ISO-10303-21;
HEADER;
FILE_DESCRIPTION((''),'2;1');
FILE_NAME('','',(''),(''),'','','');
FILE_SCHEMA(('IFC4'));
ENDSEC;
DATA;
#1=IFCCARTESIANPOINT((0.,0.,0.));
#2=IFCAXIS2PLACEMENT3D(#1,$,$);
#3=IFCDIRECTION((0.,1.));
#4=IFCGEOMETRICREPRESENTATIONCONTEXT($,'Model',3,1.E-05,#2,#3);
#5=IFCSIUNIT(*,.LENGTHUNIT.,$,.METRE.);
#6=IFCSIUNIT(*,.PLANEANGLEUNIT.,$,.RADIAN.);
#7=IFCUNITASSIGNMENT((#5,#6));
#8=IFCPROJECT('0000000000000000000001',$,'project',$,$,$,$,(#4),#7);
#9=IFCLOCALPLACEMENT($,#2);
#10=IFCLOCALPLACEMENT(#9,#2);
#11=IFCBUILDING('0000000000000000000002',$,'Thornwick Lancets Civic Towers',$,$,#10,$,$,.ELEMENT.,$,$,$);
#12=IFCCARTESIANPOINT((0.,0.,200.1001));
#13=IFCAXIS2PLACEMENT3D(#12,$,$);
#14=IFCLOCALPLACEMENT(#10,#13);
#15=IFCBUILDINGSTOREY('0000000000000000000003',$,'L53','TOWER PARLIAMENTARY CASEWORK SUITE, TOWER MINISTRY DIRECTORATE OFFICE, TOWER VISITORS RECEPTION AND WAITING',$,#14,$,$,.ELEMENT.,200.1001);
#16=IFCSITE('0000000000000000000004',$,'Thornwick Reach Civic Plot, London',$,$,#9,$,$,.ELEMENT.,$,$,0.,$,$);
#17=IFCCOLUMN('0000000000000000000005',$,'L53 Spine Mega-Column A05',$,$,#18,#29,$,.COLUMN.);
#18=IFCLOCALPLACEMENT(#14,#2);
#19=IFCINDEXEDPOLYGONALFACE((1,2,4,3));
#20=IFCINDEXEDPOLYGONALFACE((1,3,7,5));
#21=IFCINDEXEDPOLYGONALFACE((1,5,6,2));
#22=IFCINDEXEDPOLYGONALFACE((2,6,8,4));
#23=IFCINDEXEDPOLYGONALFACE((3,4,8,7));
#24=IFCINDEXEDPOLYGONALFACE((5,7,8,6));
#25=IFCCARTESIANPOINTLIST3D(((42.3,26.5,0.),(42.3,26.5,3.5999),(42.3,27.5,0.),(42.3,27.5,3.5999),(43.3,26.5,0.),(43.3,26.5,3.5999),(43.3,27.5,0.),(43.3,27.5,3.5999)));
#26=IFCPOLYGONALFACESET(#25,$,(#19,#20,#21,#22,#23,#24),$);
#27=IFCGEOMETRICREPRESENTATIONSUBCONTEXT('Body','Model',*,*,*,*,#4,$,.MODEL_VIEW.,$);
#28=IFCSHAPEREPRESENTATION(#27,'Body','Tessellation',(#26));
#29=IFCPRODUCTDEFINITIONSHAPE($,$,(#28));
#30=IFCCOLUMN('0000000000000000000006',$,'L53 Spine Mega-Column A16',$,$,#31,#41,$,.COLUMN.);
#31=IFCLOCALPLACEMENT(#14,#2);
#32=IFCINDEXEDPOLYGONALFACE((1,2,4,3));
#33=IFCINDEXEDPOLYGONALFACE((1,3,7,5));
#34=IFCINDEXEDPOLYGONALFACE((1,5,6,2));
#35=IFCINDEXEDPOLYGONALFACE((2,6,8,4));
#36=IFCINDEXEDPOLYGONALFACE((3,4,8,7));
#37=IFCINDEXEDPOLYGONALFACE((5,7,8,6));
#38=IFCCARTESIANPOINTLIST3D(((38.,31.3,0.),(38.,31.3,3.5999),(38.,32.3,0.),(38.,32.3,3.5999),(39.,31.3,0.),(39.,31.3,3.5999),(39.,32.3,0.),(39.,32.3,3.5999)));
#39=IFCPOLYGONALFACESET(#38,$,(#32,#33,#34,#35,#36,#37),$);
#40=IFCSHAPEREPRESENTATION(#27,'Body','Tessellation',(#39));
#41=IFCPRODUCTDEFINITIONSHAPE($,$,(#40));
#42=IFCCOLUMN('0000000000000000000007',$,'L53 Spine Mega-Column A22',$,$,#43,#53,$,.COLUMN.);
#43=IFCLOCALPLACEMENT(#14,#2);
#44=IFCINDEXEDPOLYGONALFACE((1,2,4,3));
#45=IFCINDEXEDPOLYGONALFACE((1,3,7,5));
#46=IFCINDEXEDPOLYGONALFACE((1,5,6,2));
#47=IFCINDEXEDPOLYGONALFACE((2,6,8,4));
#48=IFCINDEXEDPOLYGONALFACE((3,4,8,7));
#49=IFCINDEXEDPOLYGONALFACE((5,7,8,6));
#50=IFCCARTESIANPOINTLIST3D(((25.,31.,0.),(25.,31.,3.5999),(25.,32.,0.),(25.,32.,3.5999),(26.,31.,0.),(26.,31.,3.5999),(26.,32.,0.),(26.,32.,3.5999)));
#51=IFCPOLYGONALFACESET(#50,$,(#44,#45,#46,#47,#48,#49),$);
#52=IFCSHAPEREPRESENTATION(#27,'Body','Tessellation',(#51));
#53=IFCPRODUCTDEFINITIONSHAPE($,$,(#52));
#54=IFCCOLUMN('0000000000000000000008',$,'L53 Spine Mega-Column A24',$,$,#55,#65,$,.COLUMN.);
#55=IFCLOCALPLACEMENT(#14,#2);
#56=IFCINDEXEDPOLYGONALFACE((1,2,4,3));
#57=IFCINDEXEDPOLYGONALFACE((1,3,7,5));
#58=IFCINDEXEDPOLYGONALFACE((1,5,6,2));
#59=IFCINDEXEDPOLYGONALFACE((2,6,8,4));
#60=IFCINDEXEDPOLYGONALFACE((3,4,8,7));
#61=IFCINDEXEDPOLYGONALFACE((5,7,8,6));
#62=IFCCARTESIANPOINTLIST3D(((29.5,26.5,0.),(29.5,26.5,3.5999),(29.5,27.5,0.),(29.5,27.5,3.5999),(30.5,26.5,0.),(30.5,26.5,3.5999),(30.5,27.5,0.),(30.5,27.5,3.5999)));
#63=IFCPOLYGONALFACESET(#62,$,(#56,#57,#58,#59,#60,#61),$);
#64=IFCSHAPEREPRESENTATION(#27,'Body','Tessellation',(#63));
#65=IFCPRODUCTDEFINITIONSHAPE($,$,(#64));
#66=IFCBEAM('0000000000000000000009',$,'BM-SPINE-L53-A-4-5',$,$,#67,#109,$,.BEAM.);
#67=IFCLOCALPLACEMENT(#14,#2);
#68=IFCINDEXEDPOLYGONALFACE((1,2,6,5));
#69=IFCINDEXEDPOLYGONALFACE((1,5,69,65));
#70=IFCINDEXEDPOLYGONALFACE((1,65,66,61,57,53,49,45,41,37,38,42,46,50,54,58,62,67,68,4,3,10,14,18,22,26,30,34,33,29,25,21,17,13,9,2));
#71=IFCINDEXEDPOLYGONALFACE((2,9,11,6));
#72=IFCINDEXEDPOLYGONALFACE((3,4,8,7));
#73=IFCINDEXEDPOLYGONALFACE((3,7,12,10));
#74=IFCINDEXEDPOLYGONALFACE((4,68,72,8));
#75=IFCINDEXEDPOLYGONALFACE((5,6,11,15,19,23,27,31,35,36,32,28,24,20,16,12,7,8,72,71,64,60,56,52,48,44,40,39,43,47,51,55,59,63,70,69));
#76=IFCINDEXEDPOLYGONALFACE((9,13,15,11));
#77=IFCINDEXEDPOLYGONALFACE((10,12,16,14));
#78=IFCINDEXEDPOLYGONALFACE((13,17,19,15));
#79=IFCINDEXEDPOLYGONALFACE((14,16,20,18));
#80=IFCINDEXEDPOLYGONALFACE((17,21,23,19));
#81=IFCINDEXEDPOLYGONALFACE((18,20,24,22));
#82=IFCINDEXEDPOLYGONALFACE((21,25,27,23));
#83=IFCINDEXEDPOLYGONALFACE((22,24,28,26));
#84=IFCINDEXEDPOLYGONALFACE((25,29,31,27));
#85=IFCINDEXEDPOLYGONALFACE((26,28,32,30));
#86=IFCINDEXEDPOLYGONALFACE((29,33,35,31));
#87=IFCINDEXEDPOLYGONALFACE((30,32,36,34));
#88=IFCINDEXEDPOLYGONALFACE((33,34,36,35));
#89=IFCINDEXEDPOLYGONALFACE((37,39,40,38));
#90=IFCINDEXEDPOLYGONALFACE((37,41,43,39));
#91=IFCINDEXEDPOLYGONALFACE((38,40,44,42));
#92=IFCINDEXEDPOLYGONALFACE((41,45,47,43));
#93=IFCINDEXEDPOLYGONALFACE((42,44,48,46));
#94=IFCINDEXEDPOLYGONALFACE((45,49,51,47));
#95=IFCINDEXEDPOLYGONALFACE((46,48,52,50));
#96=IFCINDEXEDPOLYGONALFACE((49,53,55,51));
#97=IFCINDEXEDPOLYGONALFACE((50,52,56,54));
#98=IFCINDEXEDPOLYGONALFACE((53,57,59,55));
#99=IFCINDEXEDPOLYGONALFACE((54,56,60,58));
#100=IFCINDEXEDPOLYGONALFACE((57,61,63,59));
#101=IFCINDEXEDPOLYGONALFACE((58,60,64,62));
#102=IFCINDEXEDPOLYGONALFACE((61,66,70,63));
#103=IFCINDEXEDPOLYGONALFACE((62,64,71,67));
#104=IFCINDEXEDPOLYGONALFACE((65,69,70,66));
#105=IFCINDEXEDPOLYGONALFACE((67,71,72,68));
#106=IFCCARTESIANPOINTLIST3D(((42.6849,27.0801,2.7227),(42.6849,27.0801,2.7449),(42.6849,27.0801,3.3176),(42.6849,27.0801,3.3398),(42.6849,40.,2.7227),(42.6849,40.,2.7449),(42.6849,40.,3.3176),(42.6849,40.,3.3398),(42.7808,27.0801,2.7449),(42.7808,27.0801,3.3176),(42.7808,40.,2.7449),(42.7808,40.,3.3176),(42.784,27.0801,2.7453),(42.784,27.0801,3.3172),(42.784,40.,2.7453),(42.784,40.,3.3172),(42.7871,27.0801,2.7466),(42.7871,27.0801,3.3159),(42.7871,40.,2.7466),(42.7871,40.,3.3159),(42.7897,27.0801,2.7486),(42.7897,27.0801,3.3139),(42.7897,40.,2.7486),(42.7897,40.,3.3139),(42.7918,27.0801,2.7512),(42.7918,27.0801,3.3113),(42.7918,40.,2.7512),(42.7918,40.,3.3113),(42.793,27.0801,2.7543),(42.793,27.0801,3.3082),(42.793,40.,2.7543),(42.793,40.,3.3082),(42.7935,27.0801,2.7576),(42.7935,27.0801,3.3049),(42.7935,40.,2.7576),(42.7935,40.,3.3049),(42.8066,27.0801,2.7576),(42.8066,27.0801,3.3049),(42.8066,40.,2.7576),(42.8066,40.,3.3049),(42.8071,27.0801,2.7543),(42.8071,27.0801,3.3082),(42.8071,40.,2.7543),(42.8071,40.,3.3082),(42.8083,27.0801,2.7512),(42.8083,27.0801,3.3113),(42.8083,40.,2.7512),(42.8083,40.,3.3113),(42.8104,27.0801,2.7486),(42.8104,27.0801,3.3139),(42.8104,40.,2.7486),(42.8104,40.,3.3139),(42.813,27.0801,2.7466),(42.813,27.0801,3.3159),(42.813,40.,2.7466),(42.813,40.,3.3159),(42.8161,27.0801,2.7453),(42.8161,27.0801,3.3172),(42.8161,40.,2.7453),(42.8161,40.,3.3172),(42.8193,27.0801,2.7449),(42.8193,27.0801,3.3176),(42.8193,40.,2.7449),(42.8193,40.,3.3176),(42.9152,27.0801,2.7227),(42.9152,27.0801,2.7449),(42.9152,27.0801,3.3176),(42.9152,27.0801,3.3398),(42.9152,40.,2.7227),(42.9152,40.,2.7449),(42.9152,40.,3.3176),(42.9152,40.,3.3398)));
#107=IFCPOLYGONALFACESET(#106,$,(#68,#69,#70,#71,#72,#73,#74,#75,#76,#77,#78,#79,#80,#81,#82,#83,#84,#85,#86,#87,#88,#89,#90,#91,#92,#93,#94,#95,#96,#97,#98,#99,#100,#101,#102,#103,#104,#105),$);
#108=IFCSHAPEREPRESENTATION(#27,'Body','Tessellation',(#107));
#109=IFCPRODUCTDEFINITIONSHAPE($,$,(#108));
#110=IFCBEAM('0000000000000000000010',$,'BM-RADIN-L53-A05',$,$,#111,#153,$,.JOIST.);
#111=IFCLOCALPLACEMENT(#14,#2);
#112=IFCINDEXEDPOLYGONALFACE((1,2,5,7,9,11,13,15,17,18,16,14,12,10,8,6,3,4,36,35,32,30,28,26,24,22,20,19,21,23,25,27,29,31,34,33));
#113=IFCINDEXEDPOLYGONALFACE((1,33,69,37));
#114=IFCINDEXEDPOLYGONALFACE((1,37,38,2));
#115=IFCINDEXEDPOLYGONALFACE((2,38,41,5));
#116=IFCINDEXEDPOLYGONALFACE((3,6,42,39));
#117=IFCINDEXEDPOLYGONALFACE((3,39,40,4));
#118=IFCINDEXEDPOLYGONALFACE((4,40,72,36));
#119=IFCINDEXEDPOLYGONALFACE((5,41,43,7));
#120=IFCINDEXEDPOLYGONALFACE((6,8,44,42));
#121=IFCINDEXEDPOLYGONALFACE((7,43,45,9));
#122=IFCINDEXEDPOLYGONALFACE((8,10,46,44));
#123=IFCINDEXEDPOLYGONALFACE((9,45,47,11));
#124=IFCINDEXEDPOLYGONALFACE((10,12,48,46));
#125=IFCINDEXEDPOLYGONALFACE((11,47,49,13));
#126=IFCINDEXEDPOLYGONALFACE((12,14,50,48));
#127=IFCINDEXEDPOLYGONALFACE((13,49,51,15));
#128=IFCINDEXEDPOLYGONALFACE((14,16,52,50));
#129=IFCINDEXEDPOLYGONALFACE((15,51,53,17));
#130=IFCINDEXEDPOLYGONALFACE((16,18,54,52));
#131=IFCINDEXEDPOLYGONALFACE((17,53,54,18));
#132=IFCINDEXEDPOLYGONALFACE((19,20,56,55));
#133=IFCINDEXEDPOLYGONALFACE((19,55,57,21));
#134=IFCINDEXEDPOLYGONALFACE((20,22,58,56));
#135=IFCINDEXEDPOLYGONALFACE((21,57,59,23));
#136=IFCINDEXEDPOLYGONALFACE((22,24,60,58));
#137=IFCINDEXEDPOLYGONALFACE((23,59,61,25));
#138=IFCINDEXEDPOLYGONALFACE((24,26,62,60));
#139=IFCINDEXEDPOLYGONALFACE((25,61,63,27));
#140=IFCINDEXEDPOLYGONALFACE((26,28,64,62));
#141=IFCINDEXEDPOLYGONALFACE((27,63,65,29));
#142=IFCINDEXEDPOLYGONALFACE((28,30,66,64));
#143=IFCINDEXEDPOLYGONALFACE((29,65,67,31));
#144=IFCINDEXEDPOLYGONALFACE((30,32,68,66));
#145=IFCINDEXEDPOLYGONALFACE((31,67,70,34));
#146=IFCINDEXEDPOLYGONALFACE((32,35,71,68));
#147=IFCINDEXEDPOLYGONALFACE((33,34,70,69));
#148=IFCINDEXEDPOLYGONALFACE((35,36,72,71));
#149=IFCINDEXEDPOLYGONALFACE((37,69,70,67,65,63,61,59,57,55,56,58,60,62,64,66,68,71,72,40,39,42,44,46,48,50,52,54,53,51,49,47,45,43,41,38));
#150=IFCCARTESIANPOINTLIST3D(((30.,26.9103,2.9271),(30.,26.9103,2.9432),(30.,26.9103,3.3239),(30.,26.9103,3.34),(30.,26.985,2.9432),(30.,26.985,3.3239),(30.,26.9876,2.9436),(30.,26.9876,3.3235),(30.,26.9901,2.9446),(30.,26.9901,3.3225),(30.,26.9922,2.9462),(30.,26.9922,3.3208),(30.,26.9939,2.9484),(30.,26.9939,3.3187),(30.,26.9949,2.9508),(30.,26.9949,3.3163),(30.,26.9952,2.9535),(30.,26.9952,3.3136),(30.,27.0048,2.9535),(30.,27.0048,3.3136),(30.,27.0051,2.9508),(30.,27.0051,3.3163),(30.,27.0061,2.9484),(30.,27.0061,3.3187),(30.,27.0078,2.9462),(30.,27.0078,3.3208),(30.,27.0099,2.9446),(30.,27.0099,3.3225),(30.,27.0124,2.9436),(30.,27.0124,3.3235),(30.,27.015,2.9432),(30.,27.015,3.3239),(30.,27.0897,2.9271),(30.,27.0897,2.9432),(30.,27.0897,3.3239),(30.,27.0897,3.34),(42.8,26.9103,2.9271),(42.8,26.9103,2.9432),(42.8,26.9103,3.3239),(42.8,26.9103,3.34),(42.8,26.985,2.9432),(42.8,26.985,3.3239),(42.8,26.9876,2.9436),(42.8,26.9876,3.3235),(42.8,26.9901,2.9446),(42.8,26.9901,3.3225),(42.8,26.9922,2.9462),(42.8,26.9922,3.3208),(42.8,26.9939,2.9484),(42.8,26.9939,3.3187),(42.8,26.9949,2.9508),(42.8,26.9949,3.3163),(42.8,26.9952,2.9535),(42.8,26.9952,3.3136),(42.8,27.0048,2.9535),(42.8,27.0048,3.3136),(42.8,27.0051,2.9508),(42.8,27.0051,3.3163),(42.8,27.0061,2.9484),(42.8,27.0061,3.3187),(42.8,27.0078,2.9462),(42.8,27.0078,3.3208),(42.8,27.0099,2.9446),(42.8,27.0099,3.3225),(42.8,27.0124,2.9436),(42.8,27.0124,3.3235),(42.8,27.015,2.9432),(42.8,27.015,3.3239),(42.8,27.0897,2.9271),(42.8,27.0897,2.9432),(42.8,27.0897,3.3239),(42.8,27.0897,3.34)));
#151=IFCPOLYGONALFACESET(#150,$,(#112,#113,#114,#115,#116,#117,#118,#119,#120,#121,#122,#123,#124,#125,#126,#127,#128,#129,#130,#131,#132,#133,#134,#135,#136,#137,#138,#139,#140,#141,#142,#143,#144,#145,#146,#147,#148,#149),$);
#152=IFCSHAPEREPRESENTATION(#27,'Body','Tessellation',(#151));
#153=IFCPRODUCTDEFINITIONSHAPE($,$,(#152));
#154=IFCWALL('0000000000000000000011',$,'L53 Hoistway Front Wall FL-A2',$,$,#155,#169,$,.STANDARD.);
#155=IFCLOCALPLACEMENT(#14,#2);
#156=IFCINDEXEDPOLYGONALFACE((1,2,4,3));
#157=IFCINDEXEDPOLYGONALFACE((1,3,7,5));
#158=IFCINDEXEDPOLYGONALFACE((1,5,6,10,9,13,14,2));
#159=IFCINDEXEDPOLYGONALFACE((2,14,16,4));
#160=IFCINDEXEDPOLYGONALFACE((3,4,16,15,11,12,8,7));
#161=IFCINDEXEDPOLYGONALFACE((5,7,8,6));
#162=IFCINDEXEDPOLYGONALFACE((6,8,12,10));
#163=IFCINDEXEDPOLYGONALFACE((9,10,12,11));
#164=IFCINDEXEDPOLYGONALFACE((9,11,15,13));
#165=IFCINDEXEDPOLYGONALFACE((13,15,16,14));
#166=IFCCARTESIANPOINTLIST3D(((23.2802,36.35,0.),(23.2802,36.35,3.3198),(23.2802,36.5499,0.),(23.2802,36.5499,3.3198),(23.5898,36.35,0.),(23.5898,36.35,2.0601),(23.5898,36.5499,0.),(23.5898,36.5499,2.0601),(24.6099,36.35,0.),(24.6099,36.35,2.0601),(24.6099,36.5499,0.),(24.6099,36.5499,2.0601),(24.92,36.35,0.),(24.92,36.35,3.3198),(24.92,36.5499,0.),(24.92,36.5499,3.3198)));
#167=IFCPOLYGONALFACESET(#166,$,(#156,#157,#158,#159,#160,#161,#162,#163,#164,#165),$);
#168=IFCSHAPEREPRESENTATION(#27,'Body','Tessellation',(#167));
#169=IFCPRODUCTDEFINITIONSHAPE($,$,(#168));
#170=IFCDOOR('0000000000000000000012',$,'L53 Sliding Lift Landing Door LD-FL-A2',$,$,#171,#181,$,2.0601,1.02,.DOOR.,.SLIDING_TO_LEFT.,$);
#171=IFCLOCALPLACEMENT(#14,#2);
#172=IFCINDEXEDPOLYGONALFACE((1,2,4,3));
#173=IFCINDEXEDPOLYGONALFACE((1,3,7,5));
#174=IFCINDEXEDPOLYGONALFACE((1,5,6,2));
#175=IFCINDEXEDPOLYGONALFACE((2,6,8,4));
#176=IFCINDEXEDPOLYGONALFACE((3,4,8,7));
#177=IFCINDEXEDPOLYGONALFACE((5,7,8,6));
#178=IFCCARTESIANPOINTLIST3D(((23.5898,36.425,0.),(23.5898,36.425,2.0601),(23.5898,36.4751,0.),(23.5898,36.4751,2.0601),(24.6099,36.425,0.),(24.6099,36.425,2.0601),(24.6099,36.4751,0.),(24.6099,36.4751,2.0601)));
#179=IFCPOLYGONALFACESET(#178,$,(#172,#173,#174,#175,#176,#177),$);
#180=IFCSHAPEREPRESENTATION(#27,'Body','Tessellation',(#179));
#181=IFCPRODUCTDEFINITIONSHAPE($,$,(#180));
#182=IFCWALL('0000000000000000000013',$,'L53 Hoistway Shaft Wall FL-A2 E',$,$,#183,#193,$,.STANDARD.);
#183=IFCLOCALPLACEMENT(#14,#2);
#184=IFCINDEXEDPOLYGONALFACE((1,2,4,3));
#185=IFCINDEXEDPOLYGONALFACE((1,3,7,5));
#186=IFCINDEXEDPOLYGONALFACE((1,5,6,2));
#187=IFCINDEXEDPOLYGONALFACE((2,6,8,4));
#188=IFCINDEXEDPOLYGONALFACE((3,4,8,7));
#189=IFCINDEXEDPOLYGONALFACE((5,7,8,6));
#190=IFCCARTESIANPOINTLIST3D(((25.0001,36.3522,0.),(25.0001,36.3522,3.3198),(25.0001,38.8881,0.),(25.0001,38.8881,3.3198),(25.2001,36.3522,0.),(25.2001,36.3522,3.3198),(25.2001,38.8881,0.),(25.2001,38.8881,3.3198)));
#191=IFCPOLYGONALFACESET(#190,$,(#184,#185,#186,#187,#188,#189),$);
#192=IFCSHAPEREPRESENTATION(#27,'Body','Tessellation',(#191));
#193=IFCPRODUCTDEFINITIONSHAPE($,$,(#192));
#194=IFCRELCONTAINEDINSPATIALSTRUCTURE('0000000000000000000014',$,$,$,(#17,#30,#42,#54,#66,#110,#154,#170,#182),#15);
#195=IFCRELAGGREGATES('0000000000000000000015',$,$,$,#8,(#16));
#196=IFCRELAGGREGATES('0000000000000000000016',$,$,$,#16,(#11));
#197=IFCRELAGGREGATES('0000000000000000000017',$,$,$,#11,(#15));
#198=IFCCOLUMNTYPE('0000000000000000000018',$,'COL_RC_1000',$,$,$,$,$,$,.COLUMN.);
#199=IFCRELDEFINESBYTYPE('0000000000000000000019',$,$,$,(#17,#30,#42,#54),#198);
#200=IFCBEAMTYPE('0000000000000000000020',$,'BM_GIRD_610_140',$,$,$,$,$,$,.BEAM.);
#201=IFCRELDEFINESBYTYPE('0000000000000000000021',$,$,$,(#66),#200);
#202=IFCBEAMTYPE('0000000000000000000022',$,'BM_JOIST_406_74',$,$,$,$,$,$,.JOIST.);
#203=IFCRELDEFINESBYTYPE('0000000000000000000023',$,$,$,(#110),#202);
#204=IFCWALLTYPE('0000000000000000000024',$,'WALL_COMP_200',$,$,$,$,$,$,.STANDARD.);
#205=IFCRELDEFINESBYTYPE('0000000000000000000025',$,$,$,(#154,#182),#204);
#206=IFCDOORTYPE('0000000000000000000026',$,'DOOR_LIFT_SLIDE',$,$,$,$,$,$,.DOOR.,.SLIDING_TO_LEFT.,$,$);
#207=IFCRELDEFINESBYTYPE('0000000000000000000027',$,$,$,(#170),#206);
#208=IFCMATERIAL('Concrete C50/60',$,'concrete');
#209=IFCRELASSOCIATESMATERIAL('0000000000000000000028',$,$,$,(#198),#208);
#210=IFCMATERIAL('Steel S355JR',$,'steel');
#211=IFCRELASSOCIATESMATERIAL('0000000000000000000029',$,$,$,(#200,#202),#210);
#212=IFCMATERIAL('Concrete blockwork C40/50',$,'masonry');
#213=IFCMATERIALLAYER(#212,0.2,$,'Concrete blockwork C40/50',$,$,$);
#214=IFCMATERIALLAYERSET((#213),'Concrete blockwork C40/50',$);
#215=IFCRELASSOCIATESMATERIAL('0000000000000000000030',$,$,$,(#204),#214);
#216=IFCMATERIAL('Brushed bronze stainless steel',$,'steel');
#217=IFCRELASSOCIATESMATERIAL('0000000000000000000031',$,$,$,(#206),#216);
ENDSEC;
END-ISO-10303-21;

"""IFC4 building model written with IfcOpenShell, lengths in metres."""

from ifc_helpers import new_model, si_unit, direction, frame, frame_2d, origin, origin_2d, place, context, subcontext, project, spatial, rectangle, i_section, extrude, material, layer, layer_set, material_profile, profile_set, type_object, element, fill, save


model = new_model("IFC4")

# Units and contexts
model_context = context("Model", 3, precision=1e-05, world=origin(), true_north=direction((0.0, 1.0)))
body_context = subcontext(model_context, "Body", "Model", "MODEL_VIEW")
ifc_project = project(units=[si_unit("LENGTHUNIT", "METRE"), si_unit("PLANEANGLEUNIT", "RADIAN")], contexts=[model_context])

# Site, building, storey
site_placement = place(None, origin())
site = spatial("IfcSite", under=ifc_project, at=site_placement, Name="Thornwick Reach Civic Plot, London", CompositionType="ELEMENT", RefElevation=0.0)
building_placement = place(site_placement, origin())
building = spatial("IfcBuilding", under=site, at=building_placement, Name="Thornwick Lancets Civic Towers", CompositionType="ELEMENT")
storey_placement = place(building_placement, frame((0.0, 0.0, 200.1001)))
storey = spatial("IfcBuildingStorey", under=building, at=storey_placement, Name="L53", Description="TOWER PARLIAMENTARY CASEWORK SUITE, TOWER MINISTRY DIRECTORATE OFFICE, TOWER VISITORS RECEPTION AND WAITING", CompositionType="ELEMENT", Elevation=200.1001)

# Columns
ifc_material_1 = material(Name="Concrete C50/60", Category="concrete")
ifc_material_profile_1 = material_profile(ifc_material_1, rectangle(XDim=1.0, YDim=1.0, at=origin_2d()), Name="RC 1000x1000")
ifc_profile_set_1 = profile_set([ifc_material_profile_1], Name="Concrete C50/60")
column_type = type_object("IfcColumnType", Name="COL_RC_1000", PredefinedType="COLUMN", material=ifc_profile_set_1)
for number, where, z_axis, x_axis, name in (
    (1, (42.8, 27.0, 0.0), (0.0, 0.0, 1.0), (1.0, 0.0, 0.0), "L53 Spine Mega-Column A05"),
    (2, (38.5, 31.8, 0.0), (0.0, 0.0, 1.0), (1.0, 0.0, 0.0), "L53 Spine Mega-Column A16"),
    (3, (25.5, 31.5, 0.0), (0.0, 0.0, 1.0), (1.0, 0.0, 0.0), "L53 Spine Mega-Column A22"),
    (4, (30.0, 27.0, 0.0), (0.0, 0.0, 1.0), (1.0, 0.0, 0.0), "L53 Spine Mega-Column A24"),
):
    element("IfcColumn", number, at=place(storey_placement, frame(where, z_axis=z_axis, x_axis=x_axis)), inside=storey, type_object=column_type, Name=name, PredefinedType="COLUMN", context=body_context, shape_type="SweptSolid", body=[
        extrude(rectangle(XDim=1.0, YDim=1.0, at=origin_2d()), origin(), (0.0, 0.0, 1.0), 3.5999),
    ])

# Beams
ifc_material_2 = material(Name="Steel S355JR", Category="steel")
ifc_material_profile_2 = material_profile(ifc_material_2, i_section(OverallWidth=0.2302, OverallDepth=0.6172, WebThickness=0.0132, FlangeThickness=0.0222, FilletRadius=0.0127, at=origin_2d()), Name="UKB 610x229x140")
ifc_profile_set_2 = profile_set([ifc_material_profile_2], Name="Steel S355JR")
beam_type_1 = type_object("IfcBeamType", Name="BM_GIRD_610_140", PredefinedType="BEAM", material=ifc_profile_set_2)
beam_1_placement = place(storey_placement, frame((42.8, 27.0801, 3.0312), z_axis=(0.0, 1.0, 0.0), x_axis=(-1.0, 0.0, 0.0)))
element("IfcBeam", 5, at=beam_1_placement, inside=storey, type_object=beam_type_1, Name="BM-SPINE-L53-A-4-5", PredefinedType="BEAM", context=body_context, shape_type="SweptSolid", body=[
    extrude(i_section(OverallWidth=0.2302, OverallDepth=0.6172, WebThickness=0.0132, FlangeThickness=0.0222, FilletRadius=0.0127, at=origin_2d()), origin(), (0.0, 0.0, 1.0), 12.9199),
])
ifc_material_profile_3 = material_profile(ifc_material_2, i_section(OverallWidth=0.1794, OverallDepth=0.4128, WebThickness=0.0095, FlangeThickness=0.0161, FilletRadius=0.0103, at=origin_2d()), Name="UKB 406x178x74")
ifc_profile_set_3 = profile_set([ifc_material_profile_3], Name="Steel S355JR")
beam_type_2 = type_object("IfcBeamType", Name="BM_JOIST_406_74", PredefinedType="JOIST", material=ifc_profile_set_3)
beam_2_placement = place(storey_placement, frame((30.0, 27.0, 3.1335), z_axis=(1.0, 0.0, 0.0), x_axis=(0.0, 1.0, 0.0)))
element("IfcBeam", 6, at=beam_2_placement, inside=storey, type_object=beam_type_2, Name="BM-RADIN-L53-A05", PredefinedType="JOIST", context=body_context, shape_type="SweptSolid", body=[
    extrude(i_section(OverallWidth=0.1794, OverallDepth=0.4128, WebThickness=0.0095, FlangeThickness=0.0161, FilletRadius=0.0103, at=origin_2d()), origin(), (0.0, 0.0, 1.0), 12.8),
])

# Wall, opening, door
ifc_material_3 = material(Name="Concrete blockwork C40/50", Category="masonry")
ifc_layer_1 = layer(ifc_material_3, 0.2, Name="Concrete blockwork C40/50")
ifc_layer_set_1 = layer_set([ifc_layer_1], Name="Concrete blockwork C40/50")
wall_type_1 = type_object("IfcWallType", Name="WALL_COMP_200", PredefinedType="STANDARD", material=ifc_layer_set_1)
wall_1_placement = place(storey_placement, frame((24.9199, 36.45, 0.0), z_axis=(0.0, 0.0, 1.0), x_axis=(-1.0, 0.0, 0.0)))
wall_1 = element("IfcWall", 7, at=wall_1_placement, inside=storey, type_object=wall_type_1, Name="L53 Hoistway Front Wall FL-A2", PredefinedType="STANDARD", context=body_context, shape_type="SweptSolid", body=[
    extrude(rectangle(XDim=1.6399, YDim=0.2, at=frame_2d((0.8198, 0.0))), origin(), (0.0, 0.0, 1.0), 3.3198),
])
opening_1_placement = place(wall_1_placement, frame((0.3101, 0.0, 0.0)))
opening_1 = element("IfcOpeningElement", 8, at=opening_1_placement, cuts=wall_1, PredefinedType="OPENING", context=body_context, shape_type="SweptSolid", body=[
    extrude(rectangle(XDim=1.02, YDim=2.0601, at=frame_2d((0.51, 1.03))), frame((0.0, 0.1099, 0.0), z_axis=(0.0, -1.0, 0.0), x_axis=(1.0, 0.0, 0.0)), (0.0, 0.0, 1.0), 0.22),
])
ifc_material_4 = material(Name="Brushed bronze stainless steel", Category="steel")
door_type_1 = type_object("IfcDoorType", Name="DOOR_LIFT_SLIDE", OperationType="SLIDING_TO_LEFT", PredefinedType="DOOR", material=ifc_material_4)
door_1_placement = place(opening_1_placement, origin())
door_1 = element("IfcDoor", 9, at=door_1_placement, inside=storey, type_object=door_type_1, Name="L53 Sliding Lift Landing Door LD-FL-A2", OperationType="SLIDING_TO_LEFT", OverallHeight=2.0601, OverallWidth=1.02, PredefinedType="DOOR", context=body_context, shape_type="SweptSolid", body=[
    extrude(rectangle(XDim=1.02, YDim=2.0601, at=frame_2d((0.51, 1.03))), frame((0.0, 0.0249, 0.0), z_axis=(0.0, -1.0, 0.0), x_axis=(1.0, 0.0, 0.0)), (0.0, 0.0, 1.0), 0.05),
])
fill(opening_1, door_1)

# Wall
for number, where, z_axis, x_axis, name in (
    (10, (25.1001, 36.3521, 0.0), (0.0, 0.0, 1.0), (0.0, 1.0, 0.0), "L53 Hoistway Shaft Wall FL-A2 E"),
):
    element("IfcWall", number, at=place(storey_placement, frame(where, z_axis=z_axis, x_axis=x_axis)), inside=storey, type_object=wall_type_1, Name=name, PredefinedType="STANDARD", context=body_context, shape_type="SweptSolid", body=[
        extrude(rectangle(XDim=2.5359, YDim=0.2, at=frame_2d((1.2681, 0.0))), origin(), (0.0, 0.0, 1.0), 3.3198),
    ])

save(model, "model.ifc")
